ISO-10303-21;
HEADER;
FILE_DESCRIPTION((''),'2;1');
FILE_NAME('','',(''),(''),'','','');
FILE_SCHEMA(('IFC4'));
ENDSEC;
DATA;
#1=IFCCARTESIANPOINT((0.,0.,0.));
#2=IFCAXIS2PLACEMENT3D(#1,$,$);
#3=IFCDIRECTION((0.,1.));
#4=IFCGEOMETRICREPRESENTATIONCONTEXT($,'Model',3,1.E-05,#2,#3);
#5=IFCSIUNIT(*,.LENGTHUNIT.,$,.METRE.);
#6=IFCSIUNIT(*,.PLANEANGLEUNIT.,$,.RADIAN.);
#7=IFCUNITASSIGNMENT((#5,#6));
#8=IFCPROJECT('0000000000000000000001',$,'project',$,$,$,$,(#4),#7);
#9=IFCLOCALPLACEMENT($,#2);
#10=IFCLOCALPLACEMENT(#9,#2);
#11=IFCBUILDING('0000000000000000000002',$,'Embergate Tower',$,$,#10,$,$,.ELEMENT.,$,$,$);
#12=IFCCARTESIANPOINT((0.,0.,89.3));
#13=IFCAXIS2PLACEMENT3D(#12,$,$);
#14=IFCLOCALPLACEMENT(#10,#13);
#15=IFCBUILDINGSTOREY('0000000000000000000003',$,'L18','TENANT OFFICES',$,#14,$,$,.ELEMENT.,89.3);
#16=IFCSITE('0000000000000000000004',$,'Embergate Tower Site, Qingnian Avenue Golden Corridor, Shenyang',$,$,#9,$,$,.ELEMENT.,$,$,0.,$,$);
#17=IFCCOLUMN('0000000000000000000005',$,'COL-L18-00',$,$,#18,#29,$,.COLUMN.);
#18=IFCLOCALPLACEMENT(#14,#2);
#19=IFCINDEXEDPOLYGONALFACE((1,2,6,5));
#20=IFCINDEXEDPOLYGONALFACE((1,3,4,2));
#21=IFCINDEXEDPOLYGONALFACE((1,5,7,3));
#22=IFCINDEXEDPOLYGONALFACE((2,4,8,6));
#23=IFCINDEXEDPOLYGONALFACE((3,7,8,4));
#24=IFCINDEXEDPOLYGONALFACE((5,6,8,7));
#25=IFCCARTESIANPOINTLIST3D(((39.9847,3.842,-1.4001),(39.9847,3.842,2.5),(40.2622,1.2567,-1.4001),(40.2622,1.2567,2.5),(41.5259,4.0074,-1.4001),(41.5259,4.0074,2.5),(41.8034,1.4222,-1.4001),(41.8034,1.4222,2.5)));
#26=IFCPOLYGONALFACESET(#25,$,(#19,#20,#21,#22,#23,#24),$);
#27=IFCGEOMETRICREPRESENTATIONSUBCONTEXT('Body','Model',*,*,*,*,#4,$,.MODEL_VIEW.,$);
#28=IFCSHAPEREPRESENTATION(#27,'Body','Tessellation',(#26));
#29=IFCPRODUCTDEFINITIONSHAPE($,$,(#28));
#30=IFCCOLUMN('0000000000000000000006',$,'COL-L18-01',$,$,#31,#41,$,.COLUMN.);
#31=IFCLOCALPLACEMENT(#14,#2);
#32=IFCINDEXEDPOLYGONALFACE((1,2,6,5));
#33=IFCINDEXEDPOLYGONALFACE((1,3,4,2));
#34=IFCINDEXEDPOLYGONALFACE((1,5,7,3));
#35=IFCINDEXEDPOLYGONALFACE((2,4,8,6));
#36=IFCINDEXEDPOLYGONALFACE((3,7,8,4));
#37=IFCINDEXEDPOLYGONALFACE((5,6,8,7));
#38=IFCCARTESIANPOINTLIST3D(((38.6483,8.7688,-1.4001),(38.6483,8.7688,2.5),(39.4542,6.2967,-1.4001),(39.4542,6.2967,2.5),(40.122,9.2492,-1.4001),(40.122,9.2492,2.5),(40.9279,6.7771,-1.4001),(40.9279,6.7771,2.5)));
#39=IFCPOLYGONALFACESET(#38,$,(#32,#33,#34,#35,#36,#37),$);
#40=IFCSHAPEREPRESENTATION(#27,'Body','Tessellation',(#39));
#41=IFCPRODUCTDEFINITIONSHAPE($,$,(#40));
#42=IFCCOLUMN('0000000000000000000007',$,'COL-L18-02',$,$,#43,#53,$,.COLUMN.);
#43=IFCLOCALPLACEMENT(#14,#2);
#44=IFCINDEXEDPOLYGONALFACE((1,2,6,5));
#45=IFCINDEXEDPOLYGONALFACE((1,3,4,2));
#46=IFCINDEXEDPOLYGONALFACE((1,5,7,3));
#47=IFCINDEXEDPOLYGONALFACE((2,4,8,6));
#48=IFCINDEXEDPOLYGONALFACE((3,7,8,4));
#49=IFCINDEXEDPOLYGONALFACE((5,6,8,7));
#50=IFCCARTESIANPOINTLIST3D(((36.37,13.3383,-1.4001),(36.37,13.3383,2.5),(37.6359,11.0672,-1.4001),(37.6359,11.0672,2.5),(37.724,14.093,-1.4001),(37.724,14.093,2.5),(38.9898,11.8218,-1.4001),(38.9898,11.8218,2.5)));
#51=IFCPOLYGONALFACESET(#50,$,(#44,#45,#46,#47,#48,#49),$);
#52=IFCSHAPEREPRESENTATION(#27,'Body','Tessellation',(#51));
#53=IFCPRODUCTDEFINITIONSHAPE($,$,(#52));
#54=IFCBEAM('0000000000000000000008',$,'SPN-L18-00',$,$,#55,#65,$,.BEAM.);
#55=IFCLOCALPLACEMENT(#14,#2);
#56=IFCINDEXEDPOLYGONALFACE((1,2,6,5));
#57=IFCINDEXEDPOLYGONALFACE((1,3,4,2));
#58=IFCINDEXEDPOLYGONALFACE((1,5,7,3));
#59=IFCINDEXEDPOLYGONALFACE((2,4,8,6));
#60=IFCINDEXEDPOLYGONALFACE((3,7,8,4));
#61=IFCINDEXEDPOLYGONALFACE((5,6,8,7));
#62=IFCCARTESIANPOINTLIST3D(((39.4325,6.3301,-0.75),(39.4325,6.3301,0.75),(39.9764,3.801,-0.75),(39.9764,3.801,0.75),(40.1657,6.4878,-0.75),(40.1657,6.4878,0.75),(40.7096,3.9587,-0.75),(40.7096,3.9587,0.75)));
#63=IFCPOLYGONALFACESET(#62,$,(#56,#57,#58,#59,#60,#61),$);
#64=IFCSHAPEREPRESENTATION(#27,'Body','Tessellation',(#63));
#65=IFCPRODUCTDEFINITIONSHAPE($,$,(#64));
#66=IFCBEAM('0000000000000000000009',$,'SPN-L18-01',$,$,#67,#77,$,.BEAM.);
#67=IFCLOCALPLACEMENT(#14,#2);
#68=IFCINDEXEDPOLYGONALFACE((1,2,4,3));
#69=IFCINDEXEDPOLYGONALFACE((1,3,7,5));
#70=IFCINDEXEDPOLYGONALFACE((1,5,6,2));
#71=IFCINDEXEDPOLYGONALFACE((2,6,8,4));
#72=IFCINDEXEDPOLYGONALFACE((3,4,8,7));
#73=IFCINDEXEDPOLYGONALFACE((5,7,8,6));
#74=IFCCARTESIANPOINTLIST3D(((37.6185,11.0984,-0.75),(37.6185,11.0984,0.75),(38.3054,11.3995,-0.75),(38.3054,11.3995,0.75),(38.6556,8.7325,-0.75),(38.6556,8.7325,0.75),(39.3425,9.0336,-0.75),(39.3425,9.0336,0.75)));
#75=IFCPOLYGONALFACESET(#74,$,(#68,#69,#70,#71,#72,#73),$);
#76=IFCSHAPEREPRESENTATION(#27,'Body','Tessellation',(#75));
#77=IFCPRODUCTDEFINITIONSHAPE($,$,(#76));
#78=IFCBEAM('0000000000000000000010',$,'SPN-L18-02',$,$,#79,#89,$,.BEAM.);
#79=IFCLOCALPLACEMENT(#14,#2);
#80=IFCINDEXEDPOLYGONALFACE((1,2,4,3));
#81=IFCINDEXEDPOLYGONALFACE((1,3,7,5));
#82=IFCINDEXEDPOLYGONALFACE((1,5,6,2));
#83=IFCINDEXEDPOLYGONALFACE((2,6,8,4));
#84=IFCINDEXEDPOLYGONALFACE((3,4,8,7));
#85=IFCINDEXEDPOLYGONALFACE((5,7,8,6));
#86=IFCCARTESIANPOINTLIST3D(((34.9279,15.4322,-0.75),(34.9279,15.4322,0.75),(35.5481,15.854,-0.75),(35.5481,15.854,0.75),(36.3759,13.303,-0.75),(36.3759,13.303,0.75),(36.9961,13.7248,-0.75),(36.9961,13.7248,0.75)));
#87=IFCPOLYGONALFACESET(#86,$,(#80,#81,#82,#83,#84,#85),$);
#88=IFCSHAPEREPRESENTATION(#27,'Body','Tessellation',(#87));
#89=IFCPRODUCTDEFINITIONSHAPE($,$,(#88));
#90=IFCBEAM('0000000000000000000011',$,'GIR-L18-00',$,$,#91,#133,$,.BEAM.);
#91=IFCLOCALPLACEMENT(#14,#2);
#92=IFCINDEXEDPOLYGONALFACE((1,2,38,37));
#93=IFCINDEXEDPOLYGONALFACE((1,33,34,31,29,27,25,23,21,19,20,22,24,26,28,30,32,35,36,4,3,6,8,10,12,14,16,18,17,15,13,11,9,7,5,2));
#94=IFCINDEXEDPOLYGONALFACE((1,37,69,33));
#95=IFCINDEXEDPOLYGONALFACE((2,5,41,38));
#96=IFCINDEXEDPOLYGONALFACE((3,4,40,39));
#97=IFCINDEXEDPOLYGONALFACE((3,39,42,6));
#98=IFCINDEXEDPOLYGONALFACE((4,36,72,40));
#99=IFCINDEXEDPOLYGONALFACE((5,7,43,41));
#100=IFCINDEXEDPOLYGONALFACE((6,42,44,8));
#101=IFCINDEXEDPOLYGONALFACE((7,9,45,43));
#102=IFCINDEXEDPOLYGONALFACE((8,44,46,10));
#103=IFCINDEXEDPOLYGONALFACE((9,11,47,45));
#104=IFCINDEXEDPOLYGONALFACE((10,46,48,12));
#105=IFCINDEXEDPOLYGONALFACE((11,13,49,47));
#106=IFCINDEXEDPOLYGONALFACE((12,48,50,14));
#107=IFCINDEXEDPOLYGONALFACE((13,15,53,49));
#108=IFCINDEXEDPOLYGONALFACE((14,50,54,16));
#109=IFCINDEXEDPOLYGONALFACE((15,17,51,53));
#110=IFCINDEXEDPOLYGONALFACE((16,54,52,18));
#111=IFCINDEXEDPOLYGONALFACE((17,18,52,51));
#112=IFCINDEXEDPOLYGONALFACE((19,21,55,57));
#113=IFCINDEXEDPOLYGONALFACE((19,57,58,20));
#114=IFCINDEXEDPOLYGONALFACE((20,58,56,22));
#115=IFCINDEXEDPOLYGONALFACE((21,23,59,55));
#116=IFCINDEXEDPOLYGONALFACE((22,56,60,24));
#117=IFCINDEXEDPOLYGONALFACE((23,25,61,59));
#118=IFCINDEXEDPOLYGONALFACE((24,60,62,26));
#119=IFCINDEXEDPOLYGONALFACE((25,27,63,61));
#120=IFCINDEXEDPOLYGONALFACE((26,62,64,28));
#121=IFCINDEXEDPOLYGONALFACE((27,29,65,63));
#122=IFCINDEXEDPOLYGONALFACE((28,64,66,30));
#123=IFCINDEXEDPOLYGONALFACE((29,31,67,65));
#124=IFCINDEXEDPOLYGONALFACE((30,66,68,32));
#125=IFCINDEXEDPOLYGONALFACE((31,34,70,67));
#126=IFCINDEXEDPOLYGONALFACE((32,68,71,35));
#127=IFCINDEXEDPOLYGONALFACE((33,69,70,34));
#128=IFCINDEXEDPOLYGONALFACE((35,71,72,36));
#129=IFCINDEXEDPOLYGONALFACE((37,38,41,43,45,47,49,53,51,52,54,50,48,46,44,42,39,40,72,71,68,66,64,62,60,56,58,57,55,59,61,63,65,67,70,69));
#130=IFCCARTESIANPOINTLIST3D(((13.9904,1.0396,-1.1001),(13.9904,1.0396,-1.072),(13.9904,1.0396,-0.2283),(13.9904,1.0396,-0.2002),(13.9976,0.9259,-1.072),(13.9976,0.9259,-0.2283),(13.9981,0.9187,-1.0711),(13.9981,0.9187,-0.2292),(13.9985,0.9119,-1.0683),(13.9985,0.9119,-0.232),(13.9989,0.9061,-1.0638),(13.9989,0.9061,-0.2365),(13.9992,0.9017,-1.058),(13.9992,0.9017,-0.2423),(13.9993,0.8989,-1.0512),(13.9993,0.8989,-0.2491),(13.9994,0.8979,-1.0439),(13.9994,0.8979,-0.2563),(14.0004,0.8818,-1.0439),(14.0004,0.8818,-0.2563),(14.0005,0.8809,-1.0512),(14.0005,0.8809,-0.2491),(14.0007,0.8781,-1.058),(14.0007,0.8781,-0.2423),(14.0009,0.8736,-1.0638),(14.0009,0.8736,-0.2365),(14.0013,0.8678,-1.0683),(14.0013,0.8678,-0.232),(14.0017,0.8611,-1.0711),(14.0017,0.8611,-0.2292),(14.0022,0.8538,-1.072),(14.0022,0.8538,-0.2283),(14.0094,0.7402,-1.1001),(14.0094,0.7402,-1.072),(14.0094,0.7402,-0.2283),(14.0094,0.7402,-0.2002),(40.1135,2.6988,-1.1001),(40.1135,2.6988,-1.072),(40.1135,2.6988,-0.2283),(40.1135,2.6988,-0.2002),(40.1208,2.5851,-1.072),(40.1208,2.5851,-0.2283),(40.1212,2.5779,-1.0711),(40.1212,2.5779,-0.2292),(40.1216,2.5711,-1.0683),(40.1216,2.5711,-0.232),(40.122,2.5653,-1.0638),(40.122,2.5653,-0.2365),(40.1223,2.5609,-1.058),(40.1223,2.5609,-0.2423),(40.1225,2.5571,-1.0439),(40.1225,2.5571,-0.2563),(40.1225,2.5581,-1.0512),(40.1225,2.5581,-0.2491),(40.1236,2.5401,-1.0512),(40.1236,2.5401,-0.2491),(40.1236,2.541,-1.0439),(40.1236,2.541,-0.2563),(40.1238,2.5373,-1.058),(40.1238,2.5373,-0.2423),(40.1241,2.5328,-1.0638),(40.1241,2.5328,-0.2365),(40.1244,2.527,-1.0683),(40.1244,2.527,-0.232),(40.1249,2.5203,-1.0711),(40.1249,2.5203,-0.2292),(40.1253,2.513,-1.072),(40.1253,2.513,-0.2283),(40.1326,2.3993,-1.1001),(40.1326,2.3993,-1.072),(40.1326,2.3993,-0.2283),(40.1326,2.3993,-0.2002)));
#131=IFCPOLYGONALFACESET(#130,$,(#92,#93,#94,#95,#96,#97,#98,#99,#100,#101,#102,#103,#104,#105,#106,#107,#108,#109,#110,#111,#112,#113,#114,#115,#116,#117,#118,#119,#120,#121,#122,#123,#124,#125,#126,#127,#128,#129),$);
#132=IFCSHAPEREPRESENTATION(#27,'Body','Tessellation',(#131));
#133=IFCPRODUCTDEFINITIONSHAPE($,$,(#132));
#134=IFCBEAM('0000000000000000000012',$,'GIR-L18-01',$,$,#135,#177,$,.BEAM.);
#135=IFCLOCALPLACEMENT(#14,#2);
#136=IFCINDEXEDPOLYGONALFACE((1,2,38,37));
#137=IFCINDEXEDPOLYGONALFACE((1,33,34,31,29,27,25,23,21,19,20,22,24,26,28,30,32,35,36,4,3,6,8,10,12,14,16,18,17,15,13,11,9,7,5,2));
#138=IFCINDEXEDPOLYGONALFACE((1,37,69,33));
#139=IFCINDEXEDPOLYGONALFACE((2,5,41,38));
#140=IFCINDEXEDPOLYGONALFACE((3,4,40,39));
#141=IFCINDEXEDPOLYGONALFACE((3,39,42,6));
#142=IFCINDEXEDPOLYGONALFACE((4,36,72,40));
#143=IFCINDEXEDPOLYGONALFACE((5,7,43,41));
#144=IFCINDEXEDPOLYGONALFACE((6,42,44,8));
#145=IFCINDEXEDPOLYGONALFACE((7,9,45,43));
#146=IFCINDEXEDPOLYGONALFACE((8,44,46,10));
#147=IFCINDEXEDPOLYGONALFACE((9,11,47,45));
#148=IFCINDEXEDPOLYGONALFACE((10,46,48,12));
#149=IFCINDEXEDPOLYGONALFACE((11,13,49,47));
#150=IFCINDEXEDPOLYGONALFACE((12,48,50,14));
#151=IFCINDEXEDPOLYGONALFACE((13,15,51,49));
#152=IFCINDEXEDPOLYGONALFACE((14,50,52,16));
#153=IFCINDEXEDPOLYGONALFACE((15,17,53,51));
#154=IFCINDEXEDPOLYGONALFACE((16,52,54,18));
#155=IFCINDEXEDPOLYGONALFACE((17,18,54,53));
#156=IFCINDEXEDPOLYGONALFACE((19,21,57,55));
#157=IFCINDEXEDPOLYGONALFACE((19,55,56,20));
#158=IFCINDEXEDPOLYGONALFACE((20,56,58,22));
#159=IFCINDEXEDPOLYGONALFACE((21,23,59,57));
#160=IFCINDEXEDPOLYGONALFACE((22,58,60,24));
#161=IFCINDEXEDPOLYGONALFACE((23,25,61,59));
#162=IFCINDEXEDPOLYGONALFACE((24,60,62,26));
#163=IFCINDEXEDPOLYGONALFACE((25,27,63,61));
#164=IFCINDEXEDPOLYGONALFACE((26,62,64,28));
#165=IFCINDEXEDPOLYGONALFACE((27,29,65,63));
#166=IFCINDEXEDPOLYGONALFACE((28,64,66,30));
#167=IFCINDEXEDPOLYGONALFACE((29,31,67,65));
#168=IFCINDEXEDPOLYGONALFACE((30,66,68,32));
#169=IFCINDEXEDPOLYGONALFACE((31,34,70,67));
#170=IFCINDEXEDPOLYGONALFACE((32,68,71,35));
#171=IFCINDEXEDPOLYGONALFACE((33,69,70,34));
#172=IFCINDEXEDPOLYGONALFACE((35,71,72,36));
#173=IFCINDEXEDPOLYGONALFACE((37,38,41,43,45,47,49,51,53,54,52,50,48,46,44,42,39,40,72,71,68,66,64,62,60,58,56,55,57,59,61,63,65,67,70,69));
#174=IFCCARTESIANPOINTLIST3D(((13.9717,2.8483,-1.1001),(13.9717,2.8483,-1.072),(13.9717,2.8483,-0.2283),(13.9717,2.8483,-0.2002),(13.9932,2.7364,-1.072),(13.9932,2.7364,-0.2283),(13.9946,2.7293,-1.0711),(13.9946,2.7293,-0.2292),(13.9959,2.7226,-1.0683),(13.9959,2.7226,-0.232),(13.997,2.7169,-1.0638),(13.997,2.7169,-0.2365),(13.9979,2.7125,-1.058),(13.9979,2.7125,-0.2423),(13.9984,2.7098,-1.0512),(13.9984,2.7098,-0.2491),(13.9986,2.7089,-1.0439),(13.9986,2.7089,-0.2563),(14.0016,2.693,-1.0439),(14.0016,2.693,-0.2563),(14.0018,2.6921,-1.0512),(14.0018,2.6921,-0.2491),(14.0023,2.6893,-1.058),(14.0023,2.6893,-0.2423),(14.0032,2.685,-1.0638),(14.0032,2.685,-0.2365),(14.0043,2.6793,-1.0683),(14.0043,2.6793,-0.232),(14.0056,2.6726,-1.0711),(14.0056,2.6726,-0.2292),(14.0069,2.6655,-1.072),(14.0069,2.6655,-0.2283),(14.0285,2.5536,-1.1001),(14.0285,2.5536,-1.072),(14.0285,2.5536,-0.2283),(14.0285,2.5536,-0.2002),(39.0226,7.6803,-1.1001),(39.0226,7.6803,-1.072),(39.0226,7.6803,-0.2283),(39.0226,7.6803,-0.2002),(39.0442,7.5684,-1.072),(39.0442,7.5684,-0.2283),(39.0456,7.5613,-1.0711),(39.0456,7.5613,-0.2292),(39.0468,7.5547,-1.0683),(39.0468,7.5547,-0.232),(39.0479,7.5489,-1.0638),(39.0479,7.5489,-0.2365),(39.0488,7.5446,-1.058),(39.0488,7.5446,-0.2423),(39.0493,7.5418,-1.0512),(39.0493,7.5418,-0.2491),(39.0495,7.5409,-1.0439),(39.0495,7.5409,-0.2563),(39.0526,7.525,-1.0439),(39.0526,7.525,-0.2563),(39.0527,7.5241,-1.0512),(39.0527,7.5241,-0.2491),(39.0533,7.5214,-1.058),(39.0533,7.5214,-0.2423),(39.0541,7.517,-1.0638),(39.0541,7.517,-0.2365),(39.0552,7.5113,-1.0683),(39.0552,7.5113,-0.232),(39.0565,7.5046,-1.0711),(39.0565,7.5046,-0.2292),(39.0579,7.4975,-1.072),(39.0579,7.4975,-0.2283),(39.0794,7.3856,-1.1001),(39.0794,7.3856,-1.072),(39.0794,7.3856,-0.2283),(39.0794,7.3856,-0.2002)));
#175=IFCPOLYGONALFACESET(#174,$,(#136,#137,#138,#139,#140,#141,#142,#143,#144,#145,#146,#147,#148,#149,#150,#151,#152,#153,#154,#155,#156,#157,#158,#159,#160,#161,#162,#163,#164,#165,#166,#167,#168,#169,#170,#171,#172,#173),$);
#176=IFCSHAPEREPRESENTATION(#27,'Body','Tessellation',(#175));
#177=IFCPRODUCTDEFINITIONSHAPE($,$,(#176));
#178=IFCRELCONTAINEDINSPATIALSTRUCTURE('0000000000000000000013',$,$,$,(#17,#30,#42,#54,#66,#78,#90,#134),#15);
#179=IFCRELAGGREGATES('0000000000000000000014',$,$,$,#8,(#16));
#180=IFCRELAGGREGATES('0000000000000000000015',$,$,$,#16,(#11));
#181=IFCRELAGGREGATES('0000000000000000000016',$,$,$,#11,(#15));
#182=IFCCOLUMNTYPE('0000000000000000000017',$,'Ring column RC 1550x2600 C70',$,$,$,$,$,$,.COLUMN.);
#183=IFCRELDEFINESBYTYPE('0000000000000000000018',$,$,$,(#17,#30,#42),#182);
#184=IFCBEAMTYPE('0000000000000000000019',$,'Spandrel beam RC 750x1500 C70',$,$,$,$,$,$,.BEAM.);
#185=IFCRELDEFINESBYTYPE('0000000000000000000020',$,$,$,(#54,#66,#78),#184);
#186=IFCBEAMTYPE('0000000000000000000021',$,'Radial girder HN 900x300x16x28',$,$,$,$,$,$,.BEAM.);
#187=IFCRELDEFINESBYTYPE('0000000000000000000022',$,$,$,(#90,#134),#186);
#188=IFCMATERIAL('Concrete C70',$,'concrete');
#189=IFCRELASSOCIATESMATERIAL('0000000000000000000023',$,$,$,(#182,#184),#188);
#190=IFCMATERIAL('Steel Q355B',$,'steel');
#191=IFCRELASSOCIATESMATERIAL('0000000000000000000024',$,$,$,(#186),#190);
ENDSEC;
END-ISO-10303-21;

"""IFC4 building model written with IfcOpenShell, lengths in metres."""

from ifc_helpers import new_model, si_unit, direction, frame, origin, origin_2d, place, context, subcontext, project, spatial, rectangle, i_section, extrude, source, transform, mapped, material, material_profile, profile_set, type_object, element, save


model = new_model("IFC4")

# Units and contexts
model_context = context("Model", 3, precision=1e-05, world=origin(), true_north=direction((0.0, 1.0)))
body_context = subcontext(model_context, "Body", "Model", "MODEL_VIEW")
ifc_project = project(units=[si_unit("LENGTHUNIT", "METRE"), si_unit("PLANEANGLEUNIT", "RADIAN")], contexts=[model_context])

# Site, building, storey
site_placement = place(None, origin())
site = spatial("IfcSite", under=ifc_project, at=site_placement, Name="Embergate Tower Site, Qingnian Avenue Golden Corridor, Shenyang", CompositionType="ELEMENT", RefElevation=0.0)
building_placement = place(site_placement, origin())
building = spatial("IfcBuilding", under=site, at=building_placement, Name="Embergate Tower", CompositionType="ELEMENT")
storey_placement = place(building_placement, frame((0.0, 0.0, 89.3)))
storey = spatial("IfcBuildingStorey", under=building, at=storey_placement, Name="L18", Description="TENANT OFFICES", CompositionType="ELEMENT", Elevation=89.3)

# Columns
ifc_material_1 = material(Name="Concrete C70", Category="concrete")
ifc_material_profile_1 = material_profile(ifc_material_1, rectangle(XDim=1.55, YDim=2.6001, at=origin_2d()), Name="RC 1550x2600")
ifc_profile_set_1 = profile_set([ifc_material_profile_1], Name="Concrete C70")
column_type = type_object("IfcColumnType", Name="Ring column RC 1550x2600 C70", PredefinedType="COLUMN", material=ifc_profile_set_1)
shared_shape_1 = source(origin(), body_context, "Body", "SweptSolid", [
    extrude(rectangle(XDim=1.55, YDim=2.6001, at=origin_2d()), origin(), (0.0, 0.0, 1.0), 3.9001),
])
for number, where, z_axis, x_axis, name in (
    (1, (40.894, 2.6321, -1.4001), (0.0, 0.0, 1.0), (0.994286, 0.10675, 0.0), "COL-L18-00"),
    (2, (39.7881, 7.7729, -1.4001), (0.0, 0.0, 1.0), (0.950754, 0.309946, 0.0), "COL-L18-01"),
    (3, (37.6799, 12.5801, -1.4001), (0.0, 0.0, 1.0), (0.873492, 0.486839, 0.0), "COL-L18-02"),
):
    element("IfcColumn", number, at=place(storey_placement, frame(where, z_axis=z_axis, x_axis=x_axis)), inside=storey, type_object=column_type, Name=name, PredefinedType="COLUMN", context=body_context, shape_type="MappedRepresentation", body=[
        mapped(shared_shape_1, transform((0.0, 0.0, 0.0))),
    ])

# Beams
ifc_material_profile_2 = material_profile(ifc_material_1, rectangle(XDim=0.75, YDim=1.5, at=origin_2d()), Name="RC 750x1500")
ifc_profile_set_2 = profile_set([ifc_material_profile_2], Name="Concrete C70")
beam_type_1 = type_object("IfcBeamType", Name="Spandrel beam RC 750x1500 C70", PredefinedType="BEAM", material=ifc_profile_set_2)
shared_shape_2 = source(origin(), body_context, "Body", "SweptSolid", [
    extrude(rectangle(XDim=0.75, YDim=1.5, at=origin_2d()), origin(), (0.0, 0.0, 1.0), 2.5869),
])
beam_1_placement = place(storey_placement, frame((40.343, 3.8799, 0.0), z_axis=(-0.21027, 0.977643, 0.0), x_axis=(-0.977643, -0.21027, 0.0)))
element("IfcBeam", 4, at=beam_1_placement, inside=storey, type_object=beam_type_1, Name="SPN-L18-00", PredefinedType="BEAM", context=body_context, shape_type="MappedRepresentation", body=[
    mapped(shared_shape_2, transform((0.0, 0.0, 0.0))),
])
shared_shape_3 = source(origin(), body_context, "Body", "SweptSolid", [
    extrude(rectangle(XDim=0.75, YDim=1.5, at=origin_2d()), origin(), (0.0, 0.0, 1.0), 2.5833),
])
beam_2_placement = place(storey_placement, frame((38.999, 8.8831, 0.0), z_axis=(-0.401468, 0.915873, 0.0), x_axis=(-0.915873, -0.401468, 0.0)))
element("IfcBeam", 5, at=beam_2_placement, inside=storey, type_object=beam_type_1, Name="SPN-L18-01", PredefinedType="BEAM", context=body_context, shape_type="MappedRepresentation", body=[
    mapped(shared_shape_3, transform((0.0, 0.0, 0.0))),
])
shared_shape_4 = source(origin(), body_context, "Body", "SweptSolid", [
    extrude(rectangle(XDim=0.75, YDim=1.5, at=origin_2d()), origin(), (0.0, 0.0, 1.0), 2.575),
])
beam_3_placement = place(storey_placement, frame((36.686, 13.5139, 0.0), z_axis=(-0.562357, 0.826895, 0.0), x_axis=(-0.826895, -0.562357, 0.0)))
element("IfcBeam", 6, at=beam_3_placement, inside=storey, type_object=beam_type_1, Name="SPN-L18-02", PredefinedType="BEAM", context=body_context, shape_type="MappedRepresentation", body=[
    mapped(shared_shape_4, transform((0.0, 0.0, 0.0))),
])
ifc_material_2 = material(Name="Steel Q355B", Category="steel")
ifc_material_profile_3 = material_profile(ifc_material_2, i_section(OverallWidth=0.3, OverallDepth=0.8999, WebThickness=0.0161, FlangeThickness=0.0281, FilletRadius=0.0281, at=origin_2d()), Name="HN 900x300x16x28")
ifc_profile_set_3 = profile_set([ifc_material_profile_3], Name="Steel Q355 grade B")
beam_type_2 = type_object("IfcBeamType", Name="Radial girder HN 900x300x16x28", PredefinedType="BEAM", material=ifc_profile_set_3)
shared_shape_5 = source(origin(), body_context, "Body", "SweptSolid", [
    extrude(i_section(OverallWidth=0.3, OverallDepth=0.8999, WebThickness=0.0161, FlangeThickness=0.0281, FilletRadius=0.0281, at=origin_2d()), origin(), (0.0, 0.0, 1.0), 26.1758),
])
beam_4_placement = place(storey_placement, frame((40.123, 2.5491, -0.6501), z_axis=(-0.997989, -0.063386, 0.0), x_axis=(0.063386, -0.997989, 0.0)))
element("IfcBeam", 7, at=beam_4_placement, inside=storey, type_object=beam_type_2, Name="GIR-L18-00", PredefinedType="BEAM", context=body_context, shape_type="MappedRepresentation", body=[
    mapped(shared_shape_5, transform((0.0, 0.0, 0.0))),
])
shared_shape_6 = source(origin(), body_context, "Body", "SweptSolid", [
    extrude(i_section(OverallWidth=0.3, OverallDepth=0.8999, WebThickness=0.0161, FlangeThickness=0.0281, FilletRadius=0.0281, at=origin_2d()), origin(), (0.0, 0.0, 1.0), 25.5127),
])
beam_5_placement = place(storey_placement, frame((39.051, 7.533, -0.6501), z_axis=(-0.981901, -0.189396, 0.0), x_axis=(0.189396, -0.981901, 0.0)))
element("IfcBeam", 8, at=beam_5_placement, inside=storey, type_object=beam_type_2, Name="GIR-L18-01", PredefinedType="BEAM", context=body_context, shape_type="MappedRepresentation", body=[
    mapped(shared_shape_6, transform((0.0, 0.0, 0.0))),
])

save(model, "model.ifc")
